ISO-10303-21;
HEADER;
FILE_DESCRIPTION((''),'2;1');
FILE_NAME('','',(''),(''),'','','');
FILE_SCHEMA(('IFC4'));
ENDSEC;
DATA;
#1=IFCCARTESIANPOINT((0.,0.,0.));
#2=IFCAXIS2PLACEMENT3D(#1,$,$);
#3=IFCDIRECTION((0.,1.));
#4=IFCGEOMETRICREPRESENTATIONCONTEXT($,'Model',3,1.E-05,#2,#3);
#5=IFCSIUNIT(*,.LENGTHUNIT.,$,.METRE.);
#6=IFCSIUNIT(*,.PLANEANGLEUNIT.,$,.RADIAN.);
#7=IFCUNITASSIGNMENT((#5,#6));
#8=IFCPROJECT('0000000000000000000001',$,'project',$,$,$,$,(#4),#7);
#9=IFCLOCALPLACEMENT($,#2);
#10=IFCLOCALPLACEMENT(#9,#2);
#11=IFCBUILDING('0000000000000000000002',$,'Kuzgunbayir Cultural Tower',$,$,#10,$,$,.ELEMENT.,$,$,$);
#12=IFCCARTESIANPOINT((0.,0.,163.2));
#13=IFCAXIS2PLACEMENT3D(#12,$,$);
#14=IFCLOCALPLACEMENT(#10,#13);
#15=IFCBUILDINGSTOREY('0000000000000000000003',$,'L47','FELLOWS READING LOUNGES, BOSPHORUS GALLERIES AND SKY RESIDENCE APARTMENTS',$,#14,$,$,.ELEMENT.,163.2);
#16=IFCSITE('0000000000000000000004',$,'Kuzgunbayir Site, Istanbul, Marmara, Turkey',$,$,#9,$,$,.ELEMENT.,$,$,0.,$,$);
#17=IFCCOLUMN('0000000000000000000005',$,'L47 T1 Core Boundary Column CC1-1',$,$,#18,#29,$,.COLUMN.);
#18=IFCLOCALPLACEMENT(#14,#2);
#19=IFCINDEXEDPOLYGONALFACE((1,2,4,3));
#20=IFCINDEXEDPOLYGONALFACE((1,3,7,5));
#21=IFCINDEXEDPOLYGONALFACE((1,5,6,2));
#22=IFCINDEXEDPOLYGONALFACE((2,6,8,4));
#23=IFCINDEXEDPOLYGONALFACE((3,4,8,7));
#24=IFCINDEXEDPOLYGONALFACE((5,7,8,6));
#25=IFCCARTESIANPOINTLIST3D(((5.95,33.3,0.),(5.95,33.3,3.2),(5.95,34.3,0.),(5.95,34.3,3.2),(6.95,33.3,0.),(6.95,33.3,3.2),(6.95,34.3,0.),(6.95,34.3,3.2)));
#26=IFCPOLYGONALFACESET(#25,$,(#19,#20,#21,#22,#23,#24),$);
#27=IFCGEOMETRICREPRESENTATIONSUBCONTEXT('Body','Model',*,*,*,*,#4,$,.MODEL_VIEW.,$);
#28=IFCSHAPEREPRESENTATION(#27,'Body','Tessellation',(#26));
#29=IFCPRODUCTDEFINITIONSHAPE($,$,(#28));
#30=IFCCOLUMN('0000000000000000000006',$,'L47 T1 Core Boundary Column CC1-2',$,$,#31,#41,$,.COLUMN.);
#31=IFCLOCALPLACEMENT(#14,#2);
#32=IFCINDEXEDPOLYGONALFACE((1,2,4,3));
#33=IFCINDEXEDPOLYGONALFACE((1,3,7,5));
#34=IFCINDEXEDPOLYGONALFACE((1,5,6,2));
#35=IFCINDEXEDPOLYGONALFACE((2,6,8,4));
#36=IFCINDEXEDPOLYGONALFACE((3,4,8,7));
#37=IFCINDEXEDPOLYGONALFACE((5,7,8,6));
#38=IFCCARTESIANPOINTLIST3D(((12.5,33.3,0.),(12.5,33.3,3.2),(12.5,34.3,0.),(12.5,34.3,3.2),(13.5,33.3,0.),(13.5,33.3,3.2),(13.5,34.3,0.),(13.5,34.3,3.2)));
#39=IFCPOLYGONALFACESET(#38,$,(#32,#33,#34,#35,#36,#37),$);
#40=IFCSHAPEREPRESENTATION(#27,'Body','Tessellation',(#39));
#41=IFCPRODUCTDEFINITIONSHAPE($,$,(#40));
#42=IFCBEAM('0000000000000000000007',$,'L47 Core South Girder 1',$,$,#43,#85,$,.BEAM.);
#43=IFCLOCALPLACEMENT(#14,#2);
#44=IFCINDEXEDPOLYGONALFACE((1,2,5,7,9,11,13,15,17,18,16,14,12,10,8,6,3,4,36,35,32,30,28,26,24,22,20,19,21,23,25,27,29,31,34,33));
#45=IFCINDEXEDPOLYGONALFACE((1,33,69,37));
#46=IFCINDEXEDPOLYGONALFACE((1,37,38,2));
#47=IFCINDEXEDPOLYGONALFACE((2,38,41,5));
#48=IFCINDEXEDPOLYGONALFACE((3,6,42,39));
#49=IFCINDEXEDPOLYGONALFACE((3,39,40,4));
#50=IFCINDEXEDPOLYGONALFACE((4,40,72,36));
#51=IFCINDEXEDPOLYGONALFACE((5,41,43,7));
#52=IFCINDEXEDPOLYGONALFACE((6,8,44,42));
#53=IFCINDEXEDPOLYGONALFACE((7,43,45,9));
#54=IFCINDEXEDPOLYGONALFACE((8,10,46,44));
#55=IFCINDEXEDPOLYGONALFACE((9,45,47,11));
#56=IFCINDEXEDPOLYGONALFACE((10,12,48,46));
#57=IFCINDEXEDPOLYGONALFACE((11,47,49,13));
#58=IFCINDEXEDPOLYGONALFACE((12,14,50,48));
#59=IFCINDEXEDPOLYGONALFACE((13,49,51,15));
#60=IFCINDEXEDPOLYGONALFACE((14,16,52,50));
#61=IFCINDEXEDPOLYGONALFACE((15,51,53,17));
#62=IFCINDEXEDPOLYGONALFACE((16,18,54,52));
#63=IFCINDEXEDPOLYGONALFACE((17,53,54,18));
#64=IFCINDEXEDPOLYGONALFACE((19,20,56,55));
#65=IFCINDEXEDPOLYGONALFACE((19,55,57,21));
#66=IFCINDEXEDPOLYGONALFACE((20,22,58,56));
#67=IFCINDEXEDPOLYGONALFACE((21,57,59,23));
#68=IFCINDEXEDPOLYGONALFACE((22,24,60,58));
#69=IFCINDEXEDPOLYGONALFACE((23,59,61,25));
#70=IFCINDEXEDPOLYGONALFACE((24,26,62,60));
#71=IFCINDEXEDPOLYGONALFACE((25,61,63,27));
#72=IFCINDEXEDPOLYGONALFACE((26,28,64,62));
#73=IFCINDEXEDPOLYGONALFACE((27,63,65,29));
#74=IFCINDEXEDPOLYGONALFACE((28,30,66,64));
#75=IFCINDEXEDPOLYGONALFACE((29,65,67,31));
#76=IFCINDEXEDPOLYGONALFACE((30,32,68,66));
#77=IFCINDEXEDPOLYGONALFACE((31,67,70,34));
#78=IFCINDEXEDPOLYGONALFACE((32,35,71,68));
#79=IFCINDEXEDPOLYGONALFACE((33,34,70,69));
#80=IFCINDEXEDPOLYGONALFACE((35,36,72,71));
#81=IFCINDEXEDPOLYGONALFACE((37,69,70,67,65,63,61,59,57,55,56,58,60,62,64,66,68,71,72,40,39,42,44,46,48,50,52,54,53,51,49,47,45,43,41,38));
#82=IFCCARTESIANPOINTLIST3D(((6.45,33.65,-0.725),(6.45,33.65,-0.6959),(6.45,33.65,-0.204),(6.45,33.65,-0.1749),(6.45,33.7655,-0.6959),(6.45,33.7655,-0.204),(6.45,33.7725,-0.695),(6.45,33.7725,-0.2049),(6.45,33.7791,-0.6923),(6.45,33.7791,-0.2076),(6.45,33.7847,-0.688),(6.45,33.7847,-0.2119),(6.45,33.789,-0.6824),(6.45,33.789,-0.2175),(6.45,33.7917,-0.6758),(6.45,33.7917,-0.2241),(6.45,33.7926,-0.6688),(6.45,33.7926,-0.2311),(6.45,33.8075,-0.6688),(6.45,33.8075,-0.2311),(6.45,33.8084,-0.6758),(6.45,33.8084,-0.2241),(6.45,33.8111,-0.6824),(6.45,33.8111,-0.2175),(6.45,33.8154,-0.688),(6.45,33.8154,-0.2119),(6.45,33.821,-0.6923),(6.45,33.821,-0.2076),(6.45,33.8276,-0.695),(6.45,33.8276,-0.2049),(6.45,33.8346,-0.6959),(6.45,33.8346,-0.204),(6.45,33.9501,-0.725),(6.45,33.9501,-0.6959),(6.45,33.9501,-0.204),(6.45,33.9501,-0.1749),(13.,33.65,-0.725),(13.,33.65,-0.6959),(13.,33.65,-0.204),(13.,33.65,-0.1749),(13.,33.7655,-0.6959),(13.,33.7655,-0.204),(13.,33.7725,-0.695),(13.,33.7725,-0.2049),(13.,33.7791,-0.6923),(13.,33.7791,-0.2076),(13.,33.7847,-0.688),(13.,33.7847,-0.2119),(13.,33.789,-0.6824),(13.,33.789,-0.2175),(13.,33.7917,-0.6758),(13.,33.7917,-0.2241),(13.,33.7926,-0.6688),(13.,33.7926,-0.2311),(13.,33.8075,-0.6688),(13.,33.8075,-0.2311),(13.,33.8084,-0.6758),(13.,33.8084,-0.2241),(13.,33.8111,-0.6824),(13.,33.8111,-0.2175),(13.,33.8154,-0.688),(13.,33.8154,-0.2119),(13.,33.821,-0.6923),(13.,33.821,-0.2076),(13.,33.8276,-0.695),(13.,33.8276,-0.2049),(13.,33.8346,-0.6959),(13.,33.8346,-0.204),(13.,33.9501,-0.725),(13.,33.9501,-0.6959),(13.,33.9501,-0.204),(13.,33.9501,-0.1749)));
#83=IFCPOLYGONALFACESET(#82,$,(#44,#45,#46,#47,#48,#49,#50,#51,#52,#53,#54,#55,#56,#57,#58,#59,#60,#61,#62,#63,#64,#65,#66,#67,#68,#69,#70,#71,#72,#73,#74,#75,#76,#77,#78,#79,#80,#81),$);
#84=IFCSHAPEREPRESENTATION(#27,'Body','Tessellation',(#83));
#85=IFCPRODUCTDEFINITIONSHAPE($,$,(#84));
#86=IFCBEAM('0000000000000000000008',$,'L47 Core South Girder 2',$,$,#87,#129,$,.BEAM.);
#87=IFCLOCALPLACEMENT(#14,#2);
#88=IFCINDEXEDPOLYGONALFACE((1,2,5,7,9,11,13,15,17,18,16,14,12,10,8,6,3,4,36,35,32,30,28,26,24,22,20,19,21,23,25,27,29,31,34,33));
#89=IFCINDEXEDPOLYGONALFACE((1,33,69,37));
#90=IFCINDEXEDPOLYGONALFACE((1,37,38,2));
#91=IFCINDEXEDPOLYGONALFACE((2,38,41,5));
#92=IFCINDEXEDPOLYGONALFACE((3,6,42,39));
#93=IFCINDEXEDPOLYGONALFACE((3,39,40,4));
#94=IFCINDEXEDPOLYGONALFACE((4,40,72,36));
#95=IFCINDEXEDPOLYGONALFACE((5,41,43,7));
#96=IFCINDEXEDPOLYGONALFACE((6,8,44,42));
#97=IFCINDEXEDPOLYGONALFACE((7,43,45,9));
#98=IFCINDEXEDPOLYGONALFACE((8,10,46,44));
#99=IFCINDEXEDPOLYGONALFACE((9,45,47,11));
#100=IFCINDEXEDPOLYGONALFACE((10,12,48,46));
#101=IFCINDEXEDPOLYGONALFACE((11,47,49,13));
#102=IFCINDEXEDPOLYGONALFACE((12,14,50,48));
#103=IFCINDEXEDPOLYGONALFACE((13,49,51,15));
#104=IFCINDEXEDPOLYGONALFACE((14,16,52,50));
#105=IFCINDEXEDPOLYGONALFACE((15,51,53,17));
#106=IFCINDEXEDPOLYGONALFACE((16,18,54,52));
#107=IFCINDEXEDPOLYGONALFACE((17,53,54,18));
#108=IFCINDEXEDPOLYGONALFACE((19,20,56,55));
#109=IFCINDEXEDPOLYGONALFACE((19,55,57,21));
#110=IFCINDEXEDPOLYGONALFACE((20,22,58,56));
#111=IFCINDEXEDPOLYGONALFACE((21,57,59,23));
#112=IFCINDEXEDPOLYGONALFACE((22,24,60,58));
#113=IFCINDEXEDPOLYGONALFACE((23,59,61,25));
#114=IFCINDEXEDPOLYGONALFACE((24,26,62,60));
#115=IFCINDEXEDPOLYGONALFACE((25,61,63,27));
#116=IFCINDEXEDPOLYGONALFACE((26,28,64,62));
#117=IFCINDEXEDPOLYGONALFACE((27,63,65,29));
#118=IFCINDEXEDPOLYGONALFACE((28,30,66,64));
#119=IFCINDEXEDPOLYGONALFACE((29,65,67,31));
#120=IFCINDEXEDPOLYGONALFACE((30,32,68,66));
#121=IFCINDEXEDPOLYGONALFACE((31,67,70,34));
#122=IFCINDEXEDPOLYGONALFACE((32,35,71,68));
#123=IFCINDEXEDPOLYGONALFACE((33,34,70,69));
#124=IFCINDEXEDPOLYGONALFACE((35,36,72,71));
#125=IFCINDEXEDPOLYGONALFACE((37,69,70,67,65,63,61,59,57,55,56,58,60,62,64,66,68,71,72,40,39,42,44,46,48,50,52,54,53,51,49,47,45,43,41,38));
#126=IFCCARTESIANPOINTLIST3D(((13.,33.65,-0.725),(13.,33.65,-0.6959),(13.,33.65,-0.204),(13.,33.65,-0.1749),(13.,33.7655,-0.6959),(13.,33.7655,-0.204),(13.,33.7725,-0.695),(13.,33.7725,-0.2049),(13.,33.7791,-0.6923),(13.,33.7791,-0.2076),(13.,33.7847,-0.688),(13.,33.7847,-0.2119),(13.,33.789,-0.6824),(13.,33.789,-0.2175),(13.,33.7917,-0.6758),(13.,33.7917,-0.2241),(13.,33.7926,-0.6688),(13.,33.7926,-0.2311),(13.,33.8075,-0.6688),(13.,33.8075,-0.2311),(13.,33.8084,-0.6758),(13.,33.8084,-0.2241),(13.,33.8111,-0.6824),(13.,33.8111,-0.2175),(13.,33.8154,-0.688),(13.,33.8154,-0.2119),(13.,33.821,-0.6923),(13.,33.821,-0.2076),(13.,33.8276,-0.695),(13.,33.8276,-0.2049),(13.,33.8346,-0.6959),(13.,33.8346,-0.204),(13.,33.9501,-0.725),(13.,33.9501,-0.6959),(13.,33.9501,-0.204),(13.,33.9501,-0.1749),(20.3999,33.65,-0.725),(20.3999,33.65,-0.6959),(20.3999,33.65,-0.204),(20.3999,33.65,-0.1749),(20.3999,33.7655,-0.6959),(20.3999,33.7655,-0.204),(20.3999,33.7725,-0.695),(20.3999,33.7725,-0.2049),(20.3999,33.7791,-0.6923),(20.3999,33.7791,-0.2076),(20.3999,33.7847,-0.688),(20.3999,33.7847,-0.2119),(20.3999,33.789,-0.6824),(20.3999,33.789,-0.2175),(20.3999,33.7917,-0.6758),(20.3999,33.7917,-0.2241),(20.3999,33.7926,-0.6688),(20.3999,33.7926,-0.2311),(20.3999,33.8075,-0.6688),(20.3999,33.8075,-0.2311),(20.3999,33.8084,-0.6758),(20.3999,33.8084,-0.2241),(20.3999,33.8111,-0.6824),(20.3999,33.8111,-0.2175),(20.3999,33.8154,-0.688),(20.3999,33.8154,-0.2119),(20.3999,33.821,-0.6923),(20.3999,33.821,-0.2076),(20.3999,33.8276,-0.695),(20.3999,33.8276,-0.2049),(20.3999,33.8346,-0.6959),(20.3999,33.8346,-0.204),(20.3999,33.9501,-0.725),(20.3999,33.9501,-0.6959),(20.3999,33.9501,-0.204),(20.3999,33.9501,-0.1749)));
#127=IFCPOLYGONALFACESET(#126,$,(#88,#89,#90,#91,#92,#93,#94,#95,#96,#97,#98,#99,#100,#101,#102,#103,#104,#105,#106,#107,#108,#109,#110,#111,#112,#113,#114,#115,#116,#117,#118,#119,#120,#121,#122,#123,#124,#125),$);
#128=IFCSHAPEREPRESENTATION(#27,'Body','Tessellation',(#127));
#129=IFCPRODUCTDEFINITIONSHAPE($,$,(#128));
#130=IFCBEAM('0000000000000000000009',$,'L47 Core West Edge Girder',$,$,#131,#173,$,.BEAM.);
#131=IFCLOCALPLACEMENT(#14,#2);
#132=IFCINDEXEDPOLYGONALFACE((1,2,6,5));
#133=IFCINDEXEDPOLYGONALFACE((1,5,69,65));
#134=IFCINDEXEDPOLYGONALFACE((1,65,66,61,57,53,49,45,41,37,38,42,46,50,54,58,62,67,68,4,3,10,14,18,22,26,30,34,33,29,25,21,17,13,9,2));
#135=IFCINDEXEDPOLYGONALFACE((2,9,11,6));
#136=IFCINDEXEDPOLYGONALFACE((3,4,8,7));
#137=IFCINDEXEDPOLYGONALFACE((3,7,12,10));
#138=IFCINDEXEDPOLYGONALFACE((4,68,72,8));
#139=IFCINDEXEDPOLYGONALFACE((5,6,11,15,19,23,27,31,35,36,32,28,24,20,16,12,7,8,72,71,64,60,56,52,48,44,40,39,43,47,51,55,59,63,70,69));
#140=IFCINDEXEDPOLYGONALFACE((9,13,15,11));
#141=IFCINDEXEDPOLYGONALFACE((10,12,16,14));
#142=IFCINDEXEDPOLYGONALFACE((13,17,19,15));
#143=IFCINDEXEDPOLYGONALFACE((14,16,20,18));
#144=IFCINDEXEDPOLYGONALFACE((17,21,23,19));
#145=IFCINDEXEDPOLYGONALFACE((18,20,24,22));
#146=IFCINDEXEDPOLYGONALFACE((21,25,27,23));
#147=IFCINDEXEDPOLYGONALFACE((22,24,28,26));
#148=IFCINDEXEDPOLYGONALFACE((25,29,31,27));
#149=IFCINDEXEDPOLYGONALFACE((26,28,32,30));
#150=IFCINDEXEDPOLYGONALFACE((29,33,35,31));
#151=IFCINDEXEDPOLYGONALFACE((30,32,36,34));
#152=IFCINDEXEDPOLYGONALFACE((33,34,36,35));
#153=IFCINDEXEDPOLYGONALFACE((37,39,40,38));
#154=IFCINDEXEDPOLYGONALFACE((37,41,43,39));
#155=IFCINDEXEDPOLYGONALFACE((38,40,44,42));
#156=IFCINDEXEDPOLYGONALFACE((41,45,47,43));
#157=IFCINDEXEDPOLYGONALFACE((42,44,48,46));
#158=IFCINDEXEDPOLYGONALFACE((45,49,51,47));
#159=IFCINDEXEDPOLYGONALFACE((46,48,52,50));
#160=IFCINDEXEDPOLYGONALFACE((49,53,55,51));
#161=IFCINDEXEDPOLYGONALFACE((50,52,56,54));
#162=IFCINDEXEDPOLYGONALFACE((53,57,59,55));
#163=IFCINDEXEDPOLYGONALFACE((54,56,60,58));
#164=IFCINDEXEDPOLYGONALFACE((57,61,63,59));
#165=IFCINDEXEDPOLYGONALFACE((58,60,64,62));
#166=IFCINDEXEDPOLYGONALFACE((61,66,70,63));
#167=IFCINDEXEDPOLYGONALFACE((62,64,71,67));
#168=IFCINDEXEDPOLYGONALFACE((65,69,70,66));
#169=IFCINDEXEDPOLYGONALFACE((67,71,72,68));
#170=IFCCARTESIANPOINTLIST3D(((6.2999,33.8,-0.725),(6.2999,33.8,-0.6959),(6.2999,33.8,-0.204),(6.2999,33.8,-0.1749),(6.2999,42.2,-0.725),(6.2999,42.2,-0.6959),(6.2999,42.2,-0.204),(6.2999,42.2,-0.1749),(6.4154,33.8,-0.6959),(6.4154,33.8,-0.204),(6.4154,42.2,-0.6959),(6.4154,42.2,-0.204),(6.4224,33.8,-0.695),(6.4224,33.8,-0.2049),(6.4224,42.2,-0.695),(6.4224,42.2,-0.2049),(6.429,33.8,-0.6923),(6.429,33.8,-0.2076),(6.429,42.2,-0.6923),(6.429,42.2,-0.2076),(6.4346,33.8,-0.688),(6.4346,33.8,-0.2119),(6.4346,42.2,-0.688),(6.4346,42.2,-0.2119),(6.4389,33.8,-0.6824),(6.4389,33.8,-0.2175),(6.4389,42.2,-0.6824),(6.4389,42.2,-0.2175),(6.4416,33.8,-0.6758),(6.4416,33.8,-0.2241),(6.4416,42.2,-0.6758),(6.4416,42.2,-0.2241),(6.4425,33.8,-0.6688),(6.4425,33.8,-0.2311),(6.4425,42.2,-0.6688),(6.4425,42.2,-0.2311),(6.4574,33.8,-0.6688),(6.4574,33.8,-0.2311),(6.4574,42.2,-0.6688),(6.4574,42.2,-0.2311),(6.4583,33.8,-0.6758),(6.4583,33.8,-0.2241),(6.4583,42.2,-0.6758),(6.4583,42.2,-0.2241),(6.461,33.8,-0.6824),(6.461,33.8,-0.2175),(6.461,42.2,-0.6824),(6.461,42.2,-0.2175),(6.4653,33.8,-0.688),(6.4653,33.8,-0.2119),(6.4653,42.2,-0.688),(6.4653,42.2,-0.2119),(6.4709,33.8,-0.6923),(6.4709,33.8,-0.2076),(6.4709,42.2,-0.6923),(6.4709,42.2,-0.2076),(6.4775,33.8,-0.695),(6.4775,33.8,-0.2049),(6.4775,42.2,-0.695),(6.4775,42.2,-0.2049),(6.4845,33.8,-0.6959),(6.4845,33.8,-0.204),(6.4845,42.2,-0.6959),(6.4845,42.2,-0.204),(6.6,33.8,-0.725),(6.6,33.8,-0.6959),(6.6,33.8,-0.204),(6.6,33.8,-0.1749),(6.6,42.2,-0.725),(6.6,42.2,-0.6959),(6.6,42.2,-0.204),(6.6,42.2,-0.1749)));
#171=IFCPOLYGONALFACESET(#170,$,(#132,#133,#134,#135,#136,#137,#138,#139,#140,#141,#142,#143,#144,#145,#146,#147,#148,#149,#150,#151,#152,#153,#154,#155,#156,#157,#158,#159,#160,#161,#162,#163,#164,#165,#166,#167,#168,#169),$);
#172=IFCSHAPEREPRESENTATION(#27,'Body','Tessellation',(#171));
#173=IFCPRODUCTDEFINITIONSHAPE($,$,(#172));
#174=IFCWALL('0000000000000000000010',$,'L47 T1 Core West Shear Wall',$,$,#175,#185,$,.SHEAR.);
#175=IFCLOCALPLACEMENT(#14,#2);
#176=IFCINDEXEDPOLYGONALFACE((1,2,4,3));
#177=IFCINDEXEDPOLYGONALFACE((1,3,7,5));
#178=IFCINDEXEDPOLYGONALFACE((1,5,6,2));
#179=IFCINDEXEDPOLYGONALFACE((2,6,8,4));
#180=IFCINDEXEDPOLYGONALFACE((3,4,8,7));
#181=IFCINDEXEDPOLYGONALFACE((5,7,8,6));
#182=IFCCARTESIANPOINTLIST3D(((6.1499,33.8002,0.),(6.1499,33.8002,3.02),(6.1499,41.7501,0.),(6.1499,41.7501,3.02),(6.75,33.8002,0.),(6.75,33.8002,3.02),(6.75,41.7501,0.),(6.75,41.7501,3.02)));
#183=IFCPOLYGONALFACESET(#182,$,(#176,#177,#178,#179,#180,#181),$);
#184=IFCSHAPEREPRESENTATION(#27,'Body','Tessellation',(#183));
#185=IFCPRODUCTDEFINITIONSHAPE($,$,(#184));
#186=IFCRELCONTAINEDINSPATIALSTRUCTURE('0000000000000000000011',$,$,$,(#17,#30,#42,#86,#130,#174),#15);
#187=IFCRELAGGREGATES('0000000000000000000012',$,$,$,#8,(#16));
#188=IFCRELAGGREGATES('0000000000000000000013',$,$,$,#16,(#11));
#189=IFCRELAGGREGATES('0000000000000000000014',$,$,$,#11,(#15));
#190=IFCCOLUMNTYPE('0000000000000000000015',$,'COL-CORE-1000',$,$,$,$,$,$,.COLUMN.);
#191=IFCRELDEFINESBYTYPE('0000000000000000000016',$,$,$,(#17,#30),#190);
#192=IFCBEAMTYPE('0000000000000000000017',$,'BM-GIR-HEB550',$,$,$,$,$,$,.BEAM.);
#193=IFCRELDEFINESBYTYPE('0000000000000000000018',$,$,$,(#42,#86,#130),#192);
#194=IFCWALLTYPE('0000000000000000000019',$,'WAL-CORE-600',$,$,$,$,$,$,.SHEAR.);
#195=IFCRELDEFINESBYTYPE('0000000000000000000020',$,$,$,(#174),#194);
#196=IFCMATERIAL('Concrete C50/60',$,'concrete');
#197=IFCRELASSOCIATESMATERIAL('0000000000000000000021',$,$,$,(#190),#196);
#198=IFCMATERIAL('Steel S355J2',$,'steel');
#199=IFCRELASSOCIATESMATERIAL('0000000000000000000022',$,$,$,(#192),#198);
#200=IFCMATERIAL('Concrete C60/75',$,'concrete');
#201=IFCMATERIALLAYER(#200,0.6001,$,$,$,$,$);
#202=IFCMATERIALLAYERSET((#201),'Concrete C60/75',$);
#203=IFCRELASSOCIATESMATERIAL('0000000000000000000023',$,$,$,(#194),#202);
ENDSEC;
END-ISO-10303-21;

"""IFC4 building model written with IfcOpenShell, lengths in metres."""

from ifc_helpers import new_model, si_unit, direction, frame, frame_2d, origin, origin_2d, place, context, subcontext, project, spatial, rectangle, i_section, extrude, material, layer, layer_set, material_profile, profile_set, type_object, element, save


model = new_model("IFC4")

# Units and contexts
model_context = context("Model", 3, precision=1e-05, world=origin(), true_north=direction((0.0, 1.0)))
body_context = subcontext(model_context, "Body", "Model", "MODEL_VIEW")
ifc_project = project(units=[si_unit("LENGTHUNIT", "METRE"), si_unit("PLANEANGLEUNIT", "RADIAN")], contexts=[model_context])

# Site, building, storey
site_placement = place(None, origin())
site = spatial("IfcSite", under=ifc_project, at=site_placement, Name="Kuzgunbayir Site, Istanbul, Marmara, Turkey", CompositionType="ELEMENT", RefElevation=0.0)
building_placement = place(site_placement, origin())
building = spatial("IfcBuilding", under=site, at=building_placement, Name="Kuzgunbayir Cultural Tower", CompositionType="ELEMENT")
storey_placement = place(building_placement, frame((0.0, 0.0, 163.2)))
storey = spatial("IfcBuildingStorey", under=building, at=storey_placement, Name="L47", Description="FELLOWS READING LOUNGES, BOSPHORUS GALLERIES AND SKY RESIDENCE APARTMENTS", CompositionType="ELEMENT", Elevation=163.2)

# Columns
ifc_material_1 = material(Name="Concrete C50/60", Category="concrete")
ifc_material_profile_1 = material_profile(ifc_material_1, rectangle(XDim=1.0, YDim=1.0, at=origin_2d()), Name="RC 1000x1000")
ifc_profile_set_1 = profile_set([ifc_material_profile_1], Name="Concrete C50/60")
column_type = type_object("IfcColumnType", Name="COL-CORE-1000", PredefinedType="COLUMN", material=ifc_profile_set_1)
for number, where, z_axis, x_axis, name in (
    (1, (6.45, 33.8, 0.0), (0.0, 0.0, 1.0), (1.0, 0.0, 0.0), "L47 T1 Core Boundary Column CC1-1"),
    (2, (13.0, 33.8, 0.0), (0.0, 0.0, 1.0), (1.0, 0.0, 0.0), "L47 T1 Core Boundary Column CC1-2"),
):
    element("IfcColumn", number, at=place(storey_placement, frame(where, z_axis=z_axis, x_axis=x_axis)), inside=storey, type_object=column_type, Name=name, PredefinedType="COLUMN", context=body_context, shape_type="SweptSolid", body=[
        extrude(rectangle(XDim=1.0, YDim=1.0, at=origin_2d()), origin(), (0.0, 0.0, 1.0), 3.2),
    ])

# Beams
ifc_material_2 = material(Name="Steel S355J2", Category="steel")
ifc_material_profile_2 = material_profile(ifc_material_2, i_section(OverallWidth=0.3, OverallDepth=0.55, WebThickness=0.0149, FlangeThickness=0.0291, FilletRadius=0.0271, at=origin_2d()), Name="HEB 550")
ifc_profile_set_2 = profile_set([ifc_material_profile_2], Name="Steel S355J2")
beam_type = type_object("IfcBeamType", Name="BM-GIR-HEB550", PredefinedType="BEAM", material=ifc_profile_set_2)
beam_1_placement = place(storey_placement, frame((6.45, 33.8, -0.45), z_axis=(1.0, 0.0, 0.0), x_axis=(0.0, 1.0, 0.0)))
element("IfcBeam", 3, at=beam_1_placement, inside=storey, type_object=beam_type, Name="L47 Core South Girder 1", PredefinedType="BEAM", context=body_context, shape_type="SweptSolid", body=[
    extrude(i_section(OverallWidth=0.3, OverallDepth=0.55, WebThickness=0.0149, FlangeThickness=0.0291, FilletRadius=0.0271, at=origin_2d()), origin(), (0.0, 0.0, 1.0), 6.55),
])
beam_2_placement = place(storey_placement, frame((13.0, 33.8, -0.45), z_axis=(1.0, 0.0, 0.0), x_axis=(0.0, 1.0, 0.0)))
element("IfcBeam", 4, at=beam_2_placement, inside=storey, type_object=beam_type, Name="L47 Core South Girder 2", PredefinedType="BEAM", context=body_context, shape_type="SweptSolid", body=[
    extrude(i_section(OverallWidth=0.3, OverallDepth=0.55, WebThickness=0.0149, FlangeThickness=0.0291, FilletRadius=0.0271, at=origin_2d()), origin(), (0.0, 0.0, 1.0), 7.3999),
])
beam_3_placement = place(storey_placement, frame((6.45, 33.8, -0.45), z_axis=(0.0, 1.0, 0.0), x_axis=(-1.0, 0.0, 0.0)))
element("IfcBeam", 5, at=beam_3_placement, inside=storey, type_object=beam_type, Name="L47 Core West Edge Girder", PredefinedType="BEAM", context=body_context, shape_type="SweptSolid", body=[
    extrude(i_section(OverallWidth=0.3, OverallDepth=0.55, WebThickness=0.0149, FlangeThickness=0.0291, FilletRadius=0.0271, at=origin_2d()), origin(), (0.0, 0.0, 1.0), 8.3999),
])

# Wall
ifc_material_3 = material(Name="Concrete C60/75", Category="concrete")
ifc_layer_1 = layer(ifc_material_3, 0.6001)
ifc_layer_set_1 = layer_set([ifc_layer_1], Name="Concrete C60/75")
wall_type_1 = type_object("IfcWallType", Name="WAL-CORE-600", PredefinedType="SHEAR", material=ifc_layer_set_1)
wall_1_placement = place(storey_placement, frame((6.45, 33.8, 0.0), z_axis=(0.0, 0.0, 1.0), x_axis=(0.0, 1.0, 0.0)))
element("IfcWall", 6, at=wall_1_placement, inside=storey, type_object=wall_type_1, Name="L47 T1 Core West Shear Wall", PredefinedType="SHEAR", context=body_context, shape_type="SweptSolid", body=[
    extrude(rectangle(XDim=7.95, YDim=0.6001, at=frame_2d((3.9751, 0.0))), origin(), (0.0, 0.0, 1.0), 3.02),
])

save(model, "model.ifc")
